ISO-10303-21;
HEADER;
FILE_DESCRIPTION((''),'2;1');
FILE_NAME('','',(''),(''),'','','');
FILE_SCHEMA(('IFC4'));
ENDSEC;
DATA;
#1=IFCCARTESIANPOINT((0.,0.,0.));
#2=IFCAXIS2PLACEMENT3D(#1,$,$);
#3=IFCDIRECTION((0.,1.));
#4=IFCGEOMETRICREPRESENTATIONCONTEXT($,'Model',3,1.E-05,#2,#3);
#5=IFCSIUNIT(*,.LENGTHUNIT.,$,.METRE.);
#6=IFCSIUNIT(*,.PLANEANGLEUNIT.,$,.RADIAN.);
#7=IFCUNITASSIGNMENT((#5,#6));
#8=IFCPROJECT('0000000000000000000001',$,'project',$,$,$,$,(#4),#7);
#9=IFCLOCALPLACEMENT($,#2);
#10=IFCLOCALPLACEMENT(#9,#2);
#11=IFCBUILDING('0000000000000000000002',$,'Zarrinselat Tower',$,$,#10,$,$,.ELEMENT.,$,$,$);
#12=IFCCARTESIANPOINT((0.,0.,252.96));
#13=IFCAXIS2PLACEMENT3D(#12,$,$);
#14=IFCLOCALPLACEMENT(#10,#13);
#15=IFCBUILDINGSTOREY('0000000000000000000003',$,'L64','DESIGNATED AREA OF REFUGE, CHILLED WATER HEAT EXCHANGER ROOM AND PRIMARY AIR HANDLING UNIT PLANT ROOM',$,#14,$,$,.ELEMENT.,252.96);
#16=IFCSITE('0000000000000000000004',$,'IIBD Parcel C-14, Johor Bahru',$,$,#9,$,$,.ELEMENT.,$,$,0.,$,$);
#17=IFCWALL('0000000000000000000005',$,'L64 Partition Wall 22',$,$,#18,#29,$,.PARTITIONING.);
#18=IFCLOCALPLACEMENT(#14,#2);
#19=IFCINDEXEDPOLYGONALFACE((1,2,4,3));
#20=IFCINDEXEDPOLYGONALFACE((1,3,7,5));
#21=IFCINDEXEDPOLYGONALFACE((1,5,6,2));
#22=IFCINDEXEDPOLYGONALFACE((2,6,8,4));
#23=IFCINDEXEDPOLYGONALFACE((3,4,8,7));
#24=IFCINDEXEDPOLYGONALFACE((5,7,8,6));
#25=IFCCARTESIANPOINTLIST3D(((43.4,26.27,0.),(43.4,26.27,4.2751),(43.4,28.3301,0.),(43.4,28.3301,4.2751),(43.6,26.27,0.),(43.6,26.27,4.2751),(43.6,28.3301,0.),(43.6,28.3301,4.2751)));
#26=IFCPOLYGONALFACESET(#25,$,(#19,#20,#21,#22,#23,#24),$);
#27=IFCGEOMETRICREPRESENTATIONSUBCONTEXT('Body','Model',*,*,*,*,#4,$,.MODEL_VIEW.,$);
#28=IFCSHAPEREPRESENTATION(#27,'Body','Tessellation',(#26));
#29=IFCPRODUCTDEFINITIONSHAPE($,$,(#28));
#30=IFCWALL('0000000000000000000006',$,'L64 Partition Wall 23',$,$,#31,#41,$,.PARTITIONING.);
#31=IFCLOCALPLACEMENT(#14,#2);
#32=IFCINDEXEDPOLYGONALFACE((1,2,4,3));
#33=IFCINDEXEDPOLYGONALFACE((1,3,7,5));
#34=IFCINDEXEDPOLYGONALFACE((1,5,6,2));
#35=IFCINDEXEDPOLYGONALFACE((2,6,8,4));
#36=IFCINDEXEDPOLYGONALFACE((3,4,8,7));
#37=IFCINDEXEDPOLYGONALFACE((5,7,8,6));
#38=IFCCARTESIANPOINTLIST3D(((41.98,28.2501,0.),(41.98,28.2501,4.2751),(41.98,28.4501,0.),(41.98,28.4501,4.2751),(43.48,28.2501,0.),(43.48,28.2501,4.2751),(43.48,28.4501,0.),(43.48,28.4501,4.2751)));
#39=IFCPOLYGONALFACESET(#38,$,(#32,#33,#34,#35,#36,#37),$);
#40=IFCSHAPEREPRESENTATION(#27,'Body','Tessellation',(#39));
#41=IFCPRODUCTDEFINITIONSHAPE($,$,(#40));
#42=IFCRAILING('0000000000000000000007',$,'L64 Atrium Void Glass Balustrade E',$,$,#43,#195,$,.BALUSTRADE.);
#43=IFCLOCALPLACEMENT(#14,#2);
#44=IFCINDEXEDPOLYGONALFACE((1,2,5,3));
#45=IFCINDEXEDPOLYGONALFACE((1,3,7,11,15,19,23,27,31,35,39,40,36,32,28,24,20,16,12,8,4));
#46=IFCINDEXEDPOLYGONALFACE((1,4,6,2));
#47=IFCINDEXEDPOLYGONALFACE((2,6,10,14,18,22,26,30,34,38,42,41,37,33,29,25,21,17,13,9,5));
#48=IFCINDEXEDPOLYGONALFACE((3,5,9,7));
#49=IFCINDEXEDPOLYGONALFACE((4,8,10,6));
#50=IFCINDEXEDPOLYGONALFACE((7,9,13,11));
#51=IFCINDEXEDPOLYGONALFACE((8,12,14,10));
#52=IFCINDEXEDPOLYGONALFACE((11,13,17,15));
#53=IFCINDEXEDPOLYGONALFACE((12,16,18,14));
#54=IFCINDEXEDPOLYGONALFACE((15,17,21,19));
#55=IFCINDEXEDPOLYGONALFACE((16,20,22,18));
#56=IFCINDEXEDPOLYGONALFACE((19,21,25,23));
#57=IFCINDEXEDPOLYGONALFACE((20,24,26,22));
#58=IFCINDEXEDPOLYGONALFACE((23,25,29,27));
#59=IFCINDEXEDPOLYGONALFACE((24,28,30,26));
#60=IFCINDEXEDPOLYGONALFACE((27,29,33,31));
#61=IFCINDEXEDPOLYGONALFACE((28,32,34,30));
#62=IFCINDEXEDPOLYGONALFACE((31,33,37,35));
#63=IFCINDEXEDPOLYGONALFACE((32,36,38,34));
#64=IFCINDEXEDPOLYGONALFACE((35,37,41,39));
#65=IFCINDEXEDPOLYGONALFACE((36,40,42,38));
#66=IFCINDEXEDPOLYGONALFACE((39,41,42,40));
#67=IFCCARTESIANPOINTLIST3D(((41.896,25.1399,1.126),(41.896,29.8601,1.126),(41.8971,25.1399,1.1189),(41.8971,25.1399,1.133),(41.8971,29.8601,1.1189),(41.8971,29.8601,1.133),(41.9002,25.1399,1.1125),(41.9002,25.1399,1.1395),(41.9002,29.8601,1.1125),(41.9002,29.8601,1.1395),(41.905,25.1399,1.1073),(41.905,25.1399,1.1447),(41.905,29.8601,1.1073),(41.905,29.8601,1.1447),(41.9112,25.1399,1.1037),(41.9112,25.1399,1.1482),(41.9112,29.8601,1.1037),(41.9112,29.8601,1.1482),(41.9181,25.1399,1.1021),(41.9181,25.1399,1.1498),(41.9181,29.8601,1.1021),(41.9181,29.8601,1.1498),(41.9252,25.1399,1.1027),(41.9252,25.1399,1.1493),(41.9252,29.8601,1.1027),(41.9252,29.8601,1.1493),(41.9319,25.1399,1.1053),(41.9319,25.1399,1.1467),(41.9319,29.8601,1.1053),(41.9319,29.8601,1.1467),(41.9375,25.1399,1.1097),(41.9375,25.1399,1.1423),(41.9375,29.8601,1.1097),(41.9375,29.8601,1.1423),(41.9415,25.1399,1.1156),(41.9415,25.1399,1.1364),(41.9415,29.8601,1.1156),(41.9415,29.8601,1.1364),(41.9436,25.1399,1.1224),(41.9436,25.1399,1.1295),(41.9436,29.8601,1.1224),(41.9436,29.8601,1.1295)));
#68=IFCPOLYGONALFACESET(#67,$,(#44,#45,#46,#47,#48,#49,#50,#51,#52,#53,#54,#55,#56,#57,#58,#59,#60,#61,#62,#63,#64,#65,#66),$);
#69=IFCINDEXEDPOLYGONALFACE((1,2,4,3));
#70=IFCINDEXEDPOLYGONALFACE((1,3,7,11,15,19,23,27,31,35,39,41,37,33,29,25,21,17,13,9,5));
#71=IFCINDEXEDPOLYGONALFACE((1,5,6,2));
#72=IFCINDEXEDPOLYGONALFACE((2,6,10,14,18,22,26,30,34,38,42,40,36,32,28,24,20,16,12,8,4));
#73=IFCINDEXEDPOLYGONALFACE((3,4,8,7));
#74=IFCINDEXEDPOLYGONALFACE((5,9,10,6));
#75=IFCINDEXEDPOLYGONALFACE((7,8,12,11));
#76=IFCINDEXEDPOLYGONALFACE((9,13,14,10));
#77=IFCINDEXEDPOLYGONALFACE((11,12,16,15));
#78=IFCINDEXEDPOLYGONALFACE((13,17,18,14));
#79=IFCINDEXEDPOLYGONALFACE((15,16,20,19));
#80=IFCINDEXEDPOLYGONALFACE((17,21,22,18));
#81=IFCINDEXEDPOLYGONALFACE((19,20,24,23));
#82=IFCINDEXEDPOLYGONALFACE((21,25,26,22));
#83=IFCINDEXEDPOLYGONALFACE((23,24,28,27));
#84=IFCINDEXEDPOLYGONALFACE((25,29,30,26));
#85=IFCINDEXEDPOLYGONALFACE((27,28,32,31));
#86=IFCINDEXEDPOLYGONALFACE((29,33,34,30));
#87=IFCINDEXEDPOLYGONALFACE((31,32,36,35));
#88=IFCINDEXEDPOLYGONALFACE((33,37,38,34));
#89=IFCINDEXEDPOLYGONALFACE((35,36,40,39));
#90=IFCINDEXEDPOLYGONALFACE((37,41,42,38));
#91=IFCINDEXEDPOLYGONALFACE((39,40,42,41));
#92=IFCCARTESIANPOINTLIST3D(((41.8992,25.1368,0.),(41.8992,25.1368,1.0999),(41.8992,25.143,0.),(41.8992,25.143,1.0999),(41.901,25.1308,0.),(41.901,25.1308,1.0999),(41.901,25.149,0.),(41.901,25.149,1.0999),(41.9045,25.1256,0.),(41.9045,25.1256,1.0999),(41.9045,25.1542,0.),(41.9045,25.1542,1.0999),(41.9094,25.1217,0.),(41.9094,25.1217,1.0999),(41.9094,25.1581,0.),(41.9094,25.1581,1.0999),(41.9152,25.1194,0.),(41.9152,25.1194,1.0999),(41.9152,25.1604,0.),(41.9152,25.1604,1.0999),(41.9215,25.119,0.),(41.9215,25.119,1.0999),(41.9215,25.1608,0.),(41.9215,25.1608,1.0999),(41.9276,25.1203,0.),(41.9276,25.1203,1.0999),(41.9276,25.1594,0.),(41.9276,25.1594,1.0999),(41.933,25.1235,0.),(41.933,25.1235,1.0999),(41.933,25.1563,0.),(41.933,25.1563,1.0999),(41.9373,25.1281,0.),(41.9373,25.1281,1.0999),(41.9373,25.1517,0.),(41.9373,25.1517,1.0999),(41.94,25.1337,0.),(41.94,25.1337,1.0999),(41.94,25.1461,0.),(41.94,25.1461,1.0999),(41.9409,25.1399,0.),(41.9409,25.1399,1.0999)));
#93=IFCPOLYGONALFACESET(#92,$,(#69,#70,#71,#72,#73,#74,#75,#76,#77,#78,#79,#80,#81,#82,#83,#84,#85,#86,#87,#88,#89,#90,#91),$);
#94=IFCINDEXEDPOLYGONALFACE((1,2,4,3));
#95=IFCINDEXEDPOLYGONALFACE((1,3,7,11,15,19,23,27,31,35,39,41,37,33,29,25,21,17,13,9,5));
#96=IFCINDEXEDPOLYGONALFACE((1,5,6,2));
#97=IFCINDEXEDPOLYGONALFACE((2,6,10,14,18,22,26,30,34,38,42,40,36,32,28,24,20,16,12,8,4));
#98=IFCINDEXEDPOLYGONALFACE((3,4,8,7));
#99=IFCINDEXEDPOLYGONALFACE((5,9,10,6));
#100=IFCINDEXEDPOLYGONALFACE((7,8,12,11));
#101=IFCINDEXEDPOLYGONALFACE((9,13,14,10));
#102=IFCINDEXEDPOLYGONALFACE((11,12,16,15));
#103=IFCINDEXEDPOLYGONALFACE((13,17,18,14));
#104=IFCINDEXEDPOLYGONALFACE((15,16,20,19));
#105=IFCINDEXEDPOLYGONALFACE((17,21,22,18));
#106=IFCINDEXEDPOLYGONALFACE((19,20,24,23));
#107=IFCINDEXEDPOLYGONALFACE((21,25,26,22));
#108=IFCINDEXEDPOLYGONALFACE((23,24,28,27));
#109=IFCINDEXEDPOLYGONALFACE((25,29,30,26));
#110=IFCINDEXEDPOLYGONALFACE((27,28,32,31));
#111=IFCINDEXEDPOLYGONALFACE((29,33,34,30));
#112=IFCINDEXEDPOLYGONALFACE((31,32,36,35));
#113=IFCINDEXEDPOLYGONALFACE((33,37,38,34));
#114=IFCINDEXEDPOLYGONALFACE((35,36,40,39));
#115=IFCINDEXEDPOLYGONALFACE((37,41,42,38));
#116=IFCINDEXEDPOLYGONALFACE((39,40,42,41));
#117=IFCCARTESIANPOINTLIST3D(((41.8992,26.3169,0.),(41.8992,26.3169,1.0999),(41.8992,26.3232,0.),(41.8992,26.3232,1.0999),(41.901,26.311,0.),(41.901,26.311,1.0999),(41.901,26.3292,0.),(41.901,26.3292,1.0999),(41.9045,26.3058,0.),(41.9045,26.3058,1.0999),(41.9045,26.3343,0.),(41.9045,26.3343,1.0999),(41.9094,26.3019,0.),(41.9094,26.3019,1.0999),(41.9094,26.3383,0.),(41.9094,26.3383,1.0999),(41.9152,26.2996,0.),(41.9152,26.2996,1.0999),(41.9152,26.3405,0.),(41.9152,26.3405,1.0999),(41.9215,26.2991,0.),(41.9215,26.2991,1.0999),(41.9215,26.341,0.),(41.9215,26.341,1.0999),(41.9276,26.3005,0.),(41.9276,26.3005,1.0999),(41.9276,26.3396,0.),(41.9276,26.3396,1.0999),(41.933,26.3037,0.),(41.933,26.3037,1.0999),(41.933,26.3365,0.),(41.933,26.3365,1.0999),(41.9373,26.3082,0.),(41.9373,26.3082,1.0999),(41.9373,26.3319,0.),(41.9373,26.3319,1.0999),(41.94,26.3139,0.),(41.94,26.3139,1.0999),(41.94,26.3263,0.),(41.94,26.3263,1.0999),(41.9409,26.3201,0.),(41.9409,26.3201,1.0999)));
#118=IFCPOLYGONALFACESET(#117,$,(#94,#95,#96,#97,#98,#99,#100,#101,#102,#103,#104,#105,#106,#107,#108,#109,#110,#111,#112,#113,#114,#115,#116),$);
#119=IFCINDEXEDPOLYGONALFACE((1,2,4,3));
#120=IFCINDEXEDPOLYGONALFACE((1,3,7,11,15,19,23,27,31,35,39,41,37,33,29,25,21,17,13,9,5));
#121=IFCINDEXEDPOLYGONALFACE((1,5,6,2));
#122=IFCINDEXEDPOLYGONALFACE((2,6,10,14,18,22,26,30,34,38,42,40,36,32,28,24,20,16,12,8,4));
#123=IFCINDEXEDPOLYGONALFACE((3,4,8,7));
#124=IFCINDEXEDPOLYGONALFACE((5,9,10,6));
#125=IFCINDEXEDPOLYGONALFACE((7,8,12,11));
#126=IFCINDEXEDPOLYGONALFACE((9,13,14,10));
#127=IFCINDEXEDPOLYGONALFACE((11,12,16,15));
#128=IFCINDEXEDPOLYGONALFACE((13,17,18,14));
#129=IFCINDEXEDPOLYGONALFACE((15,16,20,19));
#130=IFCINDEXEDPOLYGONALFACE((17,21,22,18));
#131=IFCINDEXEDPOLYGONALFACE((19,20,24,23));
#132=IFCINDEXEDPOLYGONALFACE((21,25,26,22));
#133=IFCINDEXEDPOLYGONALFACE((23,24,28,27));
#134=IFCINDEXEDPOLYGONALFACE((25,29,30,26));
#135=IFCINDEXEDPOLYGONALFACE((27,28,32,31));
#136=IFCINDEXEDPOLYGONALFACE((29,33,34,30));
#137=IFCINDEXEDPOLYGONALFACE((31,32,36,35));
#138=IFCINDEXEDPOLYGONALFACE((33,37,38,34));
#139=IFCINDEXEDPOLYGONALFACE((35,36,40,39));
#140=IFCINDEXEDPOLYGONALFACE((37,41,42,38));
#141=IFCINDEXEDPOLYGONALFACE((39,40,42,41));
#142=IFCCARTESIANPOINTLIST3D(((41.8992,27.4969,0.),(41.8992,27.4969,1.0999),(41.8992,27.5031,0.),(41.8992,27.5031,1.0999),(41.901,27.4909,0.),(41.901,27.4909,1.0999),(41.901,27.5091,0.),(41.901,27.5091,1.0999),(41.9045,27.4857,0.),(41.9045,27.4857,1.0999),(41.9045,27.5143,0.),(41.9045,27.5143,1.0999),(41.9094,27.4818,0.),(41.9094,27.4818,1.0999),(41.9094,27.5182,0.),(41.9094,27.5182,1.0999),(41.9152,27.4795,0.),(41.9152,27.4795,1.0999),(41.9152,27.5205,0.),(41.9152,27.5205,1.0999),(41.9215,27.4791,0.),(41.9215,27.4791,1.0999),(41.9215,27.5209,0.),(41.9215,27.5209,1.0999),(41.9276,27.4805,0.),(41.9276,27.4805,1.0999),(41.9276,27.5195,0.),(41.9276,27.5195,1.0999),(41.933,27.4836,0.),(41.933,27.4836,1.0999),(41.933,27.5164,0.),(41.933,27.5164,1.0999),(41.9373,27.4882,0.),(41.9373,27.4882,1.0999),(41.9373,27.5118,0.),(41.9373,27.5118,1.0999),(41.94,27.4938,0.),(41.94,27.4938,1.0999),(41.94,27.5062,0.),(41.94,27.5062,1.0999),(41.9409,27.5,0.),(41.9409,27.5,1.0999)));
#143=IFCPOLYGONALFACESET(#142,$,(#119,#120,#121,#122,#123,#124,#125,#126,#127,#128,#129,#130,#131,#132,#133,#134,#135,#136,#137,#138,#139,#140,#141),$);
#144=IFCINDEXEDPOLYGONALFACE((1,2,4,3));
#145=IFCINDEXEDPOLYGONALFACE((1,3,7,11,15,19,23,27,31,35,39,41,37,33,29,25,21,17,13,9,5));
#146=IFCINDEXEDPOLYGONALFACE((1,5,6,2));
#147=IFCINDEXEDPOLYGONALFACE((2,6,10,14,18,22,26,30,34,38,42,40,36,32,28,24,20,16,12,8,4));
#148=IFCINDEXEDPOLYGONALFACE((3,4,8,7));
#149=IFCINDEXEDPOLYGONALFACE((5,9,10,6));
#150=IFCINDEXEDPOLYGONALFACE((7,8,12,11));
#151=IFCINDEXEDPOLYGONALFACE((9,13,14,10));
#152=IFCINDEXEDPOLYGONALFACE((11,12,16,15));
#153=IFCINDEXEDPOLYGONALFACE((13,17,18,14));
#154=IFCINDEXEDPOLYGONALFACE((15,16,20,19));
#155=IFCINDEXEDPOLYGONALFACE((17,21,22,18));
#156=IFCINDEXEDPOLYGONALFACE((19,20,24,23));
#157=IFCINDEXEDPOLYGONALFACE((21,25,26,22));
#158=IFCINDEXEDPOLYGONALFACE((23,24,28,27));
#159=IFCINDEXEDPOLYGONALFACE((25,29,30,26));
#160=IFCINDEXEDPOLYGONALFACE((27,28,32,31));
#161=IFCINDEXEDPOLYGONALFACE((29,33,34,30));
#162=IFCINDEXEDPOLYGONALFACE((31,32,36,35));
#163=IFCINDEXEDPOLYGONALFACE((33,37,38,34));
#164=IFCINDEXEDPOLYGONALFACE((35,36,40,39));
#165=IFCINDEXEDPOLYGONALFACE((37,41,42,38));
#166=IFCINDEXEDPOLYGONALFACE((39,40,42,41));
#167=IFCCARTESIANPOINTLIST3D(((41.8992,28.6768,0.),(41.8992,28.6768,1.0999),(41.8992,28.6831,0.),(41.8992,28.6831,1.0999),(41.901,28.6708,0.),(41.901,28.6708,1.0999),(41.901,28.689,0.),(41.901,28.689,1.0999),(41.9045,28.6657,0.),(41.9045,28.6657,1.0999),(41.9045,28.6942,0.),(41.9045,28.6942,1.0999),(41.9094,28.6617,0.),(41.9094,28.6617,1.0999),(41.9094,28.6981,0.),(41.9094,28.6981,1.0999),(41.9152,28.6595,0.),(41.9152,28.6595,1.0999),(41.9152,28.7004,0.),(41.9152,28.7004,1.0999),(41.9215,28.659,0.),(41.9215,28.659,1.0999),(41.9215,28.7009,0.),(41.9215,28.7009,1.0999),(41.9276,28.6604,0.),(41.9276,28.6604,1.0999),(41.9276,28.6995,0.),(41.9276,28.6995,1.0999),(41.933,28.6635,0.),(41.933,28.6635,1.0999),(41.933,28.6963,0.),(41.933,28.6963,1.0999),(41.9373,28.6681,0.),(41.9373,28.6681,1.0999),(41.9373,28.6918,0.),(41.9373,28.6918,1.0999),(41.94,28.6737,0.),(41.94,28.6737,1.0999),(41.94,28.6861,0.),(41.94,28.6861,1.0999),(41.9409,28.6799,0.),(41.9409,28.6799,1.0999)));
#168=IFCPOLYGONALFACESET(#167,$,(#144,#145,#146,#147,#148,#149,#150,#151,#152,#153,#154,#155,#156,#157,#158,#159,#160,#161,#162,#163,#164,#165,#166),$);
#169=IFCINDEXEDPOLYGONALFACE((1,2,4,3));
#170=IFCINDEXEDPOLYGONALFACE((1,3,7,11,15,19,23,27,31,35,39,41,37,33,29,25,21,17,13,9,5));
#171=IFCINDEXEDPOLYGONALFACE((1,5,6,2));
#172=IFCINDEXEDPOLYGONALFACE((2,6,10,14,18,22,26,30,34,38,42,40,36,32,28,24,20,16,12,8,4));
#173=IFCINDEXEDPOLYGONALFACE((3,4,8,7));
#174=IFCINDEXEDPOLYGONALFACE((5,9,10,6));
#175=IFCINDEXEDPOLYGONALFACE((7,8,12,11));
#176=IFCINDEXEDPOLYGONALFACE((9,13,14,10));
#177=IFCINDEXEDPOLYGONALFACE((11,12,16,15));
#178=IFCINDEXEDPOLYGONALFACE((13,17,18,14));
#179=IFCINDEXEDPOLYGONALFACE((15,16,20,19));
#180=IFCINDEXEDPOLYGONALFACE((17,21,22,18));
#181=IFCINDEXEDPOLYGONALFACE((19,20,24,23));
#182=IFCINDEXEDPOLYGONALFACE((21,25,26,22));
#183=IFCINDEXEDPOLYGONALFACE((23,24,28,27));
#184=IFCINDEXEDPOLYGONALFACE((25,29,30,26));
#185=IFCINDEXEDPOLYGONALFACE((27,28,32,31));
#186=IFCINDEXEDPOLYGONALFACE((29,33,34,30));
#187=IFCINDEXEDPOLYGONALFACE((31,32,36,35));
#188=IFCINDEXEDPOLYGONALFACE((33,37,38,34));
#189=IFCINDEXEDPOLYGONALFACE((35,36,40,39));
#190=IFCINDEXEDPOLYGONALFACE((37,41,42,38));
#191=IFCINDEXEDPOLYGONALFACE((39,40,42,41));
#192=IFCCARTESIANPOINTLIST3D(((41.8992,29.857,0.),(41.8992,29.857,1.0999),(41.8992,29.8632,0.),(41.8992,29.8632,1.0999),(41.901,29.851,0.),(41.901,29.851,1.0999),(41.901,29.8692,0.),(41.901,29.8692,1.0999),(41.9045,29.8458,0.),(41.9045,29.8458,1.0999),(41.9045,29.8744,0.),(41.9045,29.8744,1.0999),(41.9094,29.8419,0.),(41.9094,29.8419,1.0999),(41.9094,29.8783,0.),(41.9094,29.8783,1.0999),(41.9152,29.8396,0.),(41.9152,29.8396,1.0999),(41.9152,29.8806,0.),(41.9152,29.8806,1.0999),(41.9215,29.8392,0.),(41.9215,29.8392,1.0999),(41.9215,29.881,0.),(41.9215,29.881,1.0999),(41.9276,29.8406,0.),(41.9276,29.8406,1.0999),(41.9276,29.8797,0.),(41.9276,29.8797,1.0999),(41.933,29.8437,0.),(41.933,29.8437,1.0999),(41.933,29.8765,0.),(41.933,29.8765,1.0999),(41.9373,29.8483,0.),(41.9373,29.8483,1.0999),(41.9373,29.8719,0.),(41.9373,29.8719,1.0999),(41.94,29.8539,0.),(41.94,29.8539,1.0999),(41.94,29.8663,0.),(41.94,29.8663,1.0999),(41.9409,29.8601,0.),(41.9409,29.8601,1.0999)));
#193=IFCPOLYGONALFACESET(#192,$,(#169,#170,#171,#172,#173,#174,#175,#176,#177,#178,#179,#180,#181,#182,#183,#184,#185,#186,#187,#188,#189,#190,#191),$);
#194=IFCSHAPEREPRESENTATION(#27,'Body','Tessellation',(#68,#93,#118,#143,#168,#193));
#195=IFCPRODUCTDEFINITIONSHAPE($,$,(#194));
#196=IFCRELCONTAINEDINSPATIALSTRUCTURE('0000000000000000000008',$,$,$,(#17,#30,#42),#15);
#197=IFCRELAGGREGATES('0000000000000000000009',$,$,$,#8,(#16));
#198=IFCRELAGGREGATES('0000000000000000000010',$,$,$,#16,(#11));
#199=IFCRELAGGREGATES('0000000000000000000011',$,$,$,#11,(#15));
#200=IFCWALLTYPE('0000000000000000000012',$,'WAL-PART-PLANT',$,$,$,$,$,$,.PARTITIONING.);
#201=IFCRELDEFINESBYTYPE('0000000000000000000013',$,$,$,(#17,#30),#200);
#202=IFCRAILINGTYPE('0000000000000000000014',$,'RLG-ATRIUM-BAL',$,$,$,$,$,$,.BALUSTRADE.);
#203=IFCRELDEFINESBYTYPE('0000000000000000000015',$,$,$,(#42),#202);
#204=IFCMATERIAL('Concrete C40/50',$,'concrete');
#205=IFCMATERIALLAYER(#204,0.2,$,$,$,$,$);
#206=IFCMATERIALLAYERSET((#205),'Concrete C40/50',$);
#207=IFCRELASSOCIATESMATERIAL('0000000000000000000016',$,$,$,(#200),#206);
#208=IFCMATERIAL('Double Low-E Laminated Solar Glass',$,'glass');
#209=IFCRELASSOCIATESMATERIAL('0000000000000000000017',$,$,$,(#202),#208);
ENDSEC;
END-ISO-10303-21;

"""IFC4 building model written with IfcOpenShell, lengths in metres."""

from ifc_helpers import new_model, si_unit, direction, frame, frame_2d, origin, origin_2d, place, context, subcontext, project, spatial, rectangle, circle, extrude, material, layer, layer_set, type_object, element, save


model = new_model("IFC4")

# Units and contexts
model_context = context("Model", 3, precision=1e-05, world=origin(), true_north=direction((0.0, 1.0)))
body_context = subcontext(model_context, "Body", "Model", "MODEL_VIEW")
ifc_project = project(units=[si_unit("LENGTHUNIT", "METRE"), si_unit("PLANEANGLEUNIT", "RADIAN")], contexts=[model_context])

# Site, building, storey
site_placement = place(None, origin())
site = spatial("IfcSite", under=ifc_project, at=site_placement, Name="IIBD Parcel C-14, Johor Bahru", CompositionType="ELEMENT", RefElevation=0.0)
building_placement = place(site_placement, origin())
building = spatial("IfcBuilding", under=site, at=building_placement, Name="Zarrinselat Tower", CompositionType="ELEMENT")
storey_placement = place(building_placement, frame((0.0, 0.0, 252.96)))
storey = spatial("IfcBuildingStorey", under=building, at=storey_placement, Name="L64", Description="DESIGNATED AREA OF REFUGE, CHILLED WATER HEAT EXCHANGER ROOM AND PRIMARY AIR HANDLING UNIT PLANT ROOM", CompositionType="ELEMENT", Elevation=252.96)

# Shared definitions
ifc_material_1 = material(Name="Concrete C40/50", Category="concrete")
ifc_layer_1 = layer(ifc_material_1, 0.2)
ifc_layer_set_1 = layer_set([ifc_layer_1], Name="Concrete C40/50")
wall_type_1 = type_object("IfcWallType", Name="WAL-PART-PLANT", PredefinedType="PARTITIONING", material=ifc_layer_set_1)

# Walls
wall_1_placement = place(storey_placement, frame((43.5, 26.27, 0.0), z_axis=(0.0, 0.0, 1.0), x_axis=(0.0, 1.0, 0.0)))
element("IfcWall", 1, at=wall_1_placement, inside=storey, type_object=wall_type_1, Name="L64 Partition Wall 22", PredefinedType="PARTITIONING", context=body_context, shape_type="SweptSolid", body=[
    extrude(rectangle(XDim=2.0601, YDim=0.2, at=frame_2d((1.03, 0.0))), origin(), (0.0, 0.0, 1.0), 4.2751),
])
wall_2_placement = place(storey_placement, frame((41.98, 28.3501, 0.0), z_axis=(0.0, 0.0, 1.0), x_axis=(1.0, 0.0, 0.0)))
element("IfcWall", 2, at=wall_2_placement, inside=storey, type_object=wall_type_1, Name="L64 Partition Wall 23", PredefinedType="PARTITIONING", context=body_context, shape_type="SweptSolid", body=[
    extrude(rectangle(XDim=1.5, YDim=0.2, at=frame_2d((0.75, 0.0))), origin(), (0.0, 0.0, 1.0), 4.2751),
])

# Railing
ifc_material_2 = material(Name="Double Low-E Laminated Solar Glass", Category="glass")
railing_type = type_object("IfcRailingType", Name="RLG-ATRIUM-BAL", PredefinedType="BALUSTRADE", material=ifc_material_2)
railing_1_placement = place(storey_placement, frame((41.9199, 25.1399, 0.0)))
element("IfcRailing", 3, at=railing_1_placement, inside=storey, type_object=railing_type, Name="L64 Atrium Void Glass Balustrade E", PredefinedType="BALUSTRADE", context=body_context, shape_type="SweptSolid", body=[
    extrude(circle(Radius=0.0239, at=origin_2d()), frame((0.0, 0.0, 1.126), z_axis=(0.0, 1.0, 0.0), x_axis=(-1.0, 0.0, 0.0)), (0.0, 0.0, 1.0), 4.7202),
    extrude(circle(Radius=0.021, at=origin_2d()), origin(), (0.0, 0.0, 1.0), 1.0999),
    extrude(circle(Radius=0.021, at=origin_2d()), frame((0.0, 1.1802, 0.0)), (0.0, 0.0, 1.0), 1.0999),
    extrude(circle(Radius=0.021, at=origin_2d()), frame((0.0, 2.3601, 0.0)), (0.0, 0.0, 1.0), 1.0999),
    extrude(circle(Radius=0.021, at=origin_2d()), frame((0.0, 3.54, 0.0)), (0.0, 0.0, 1.0), 1.0999),
    extrude(circle(Radius=0.021, at=origin_2d()), frame((0.0, 4.7202, 0.0)), (0.0, 0.0, 1.0), 1.0999),
])

save(model, "model.ifc")
